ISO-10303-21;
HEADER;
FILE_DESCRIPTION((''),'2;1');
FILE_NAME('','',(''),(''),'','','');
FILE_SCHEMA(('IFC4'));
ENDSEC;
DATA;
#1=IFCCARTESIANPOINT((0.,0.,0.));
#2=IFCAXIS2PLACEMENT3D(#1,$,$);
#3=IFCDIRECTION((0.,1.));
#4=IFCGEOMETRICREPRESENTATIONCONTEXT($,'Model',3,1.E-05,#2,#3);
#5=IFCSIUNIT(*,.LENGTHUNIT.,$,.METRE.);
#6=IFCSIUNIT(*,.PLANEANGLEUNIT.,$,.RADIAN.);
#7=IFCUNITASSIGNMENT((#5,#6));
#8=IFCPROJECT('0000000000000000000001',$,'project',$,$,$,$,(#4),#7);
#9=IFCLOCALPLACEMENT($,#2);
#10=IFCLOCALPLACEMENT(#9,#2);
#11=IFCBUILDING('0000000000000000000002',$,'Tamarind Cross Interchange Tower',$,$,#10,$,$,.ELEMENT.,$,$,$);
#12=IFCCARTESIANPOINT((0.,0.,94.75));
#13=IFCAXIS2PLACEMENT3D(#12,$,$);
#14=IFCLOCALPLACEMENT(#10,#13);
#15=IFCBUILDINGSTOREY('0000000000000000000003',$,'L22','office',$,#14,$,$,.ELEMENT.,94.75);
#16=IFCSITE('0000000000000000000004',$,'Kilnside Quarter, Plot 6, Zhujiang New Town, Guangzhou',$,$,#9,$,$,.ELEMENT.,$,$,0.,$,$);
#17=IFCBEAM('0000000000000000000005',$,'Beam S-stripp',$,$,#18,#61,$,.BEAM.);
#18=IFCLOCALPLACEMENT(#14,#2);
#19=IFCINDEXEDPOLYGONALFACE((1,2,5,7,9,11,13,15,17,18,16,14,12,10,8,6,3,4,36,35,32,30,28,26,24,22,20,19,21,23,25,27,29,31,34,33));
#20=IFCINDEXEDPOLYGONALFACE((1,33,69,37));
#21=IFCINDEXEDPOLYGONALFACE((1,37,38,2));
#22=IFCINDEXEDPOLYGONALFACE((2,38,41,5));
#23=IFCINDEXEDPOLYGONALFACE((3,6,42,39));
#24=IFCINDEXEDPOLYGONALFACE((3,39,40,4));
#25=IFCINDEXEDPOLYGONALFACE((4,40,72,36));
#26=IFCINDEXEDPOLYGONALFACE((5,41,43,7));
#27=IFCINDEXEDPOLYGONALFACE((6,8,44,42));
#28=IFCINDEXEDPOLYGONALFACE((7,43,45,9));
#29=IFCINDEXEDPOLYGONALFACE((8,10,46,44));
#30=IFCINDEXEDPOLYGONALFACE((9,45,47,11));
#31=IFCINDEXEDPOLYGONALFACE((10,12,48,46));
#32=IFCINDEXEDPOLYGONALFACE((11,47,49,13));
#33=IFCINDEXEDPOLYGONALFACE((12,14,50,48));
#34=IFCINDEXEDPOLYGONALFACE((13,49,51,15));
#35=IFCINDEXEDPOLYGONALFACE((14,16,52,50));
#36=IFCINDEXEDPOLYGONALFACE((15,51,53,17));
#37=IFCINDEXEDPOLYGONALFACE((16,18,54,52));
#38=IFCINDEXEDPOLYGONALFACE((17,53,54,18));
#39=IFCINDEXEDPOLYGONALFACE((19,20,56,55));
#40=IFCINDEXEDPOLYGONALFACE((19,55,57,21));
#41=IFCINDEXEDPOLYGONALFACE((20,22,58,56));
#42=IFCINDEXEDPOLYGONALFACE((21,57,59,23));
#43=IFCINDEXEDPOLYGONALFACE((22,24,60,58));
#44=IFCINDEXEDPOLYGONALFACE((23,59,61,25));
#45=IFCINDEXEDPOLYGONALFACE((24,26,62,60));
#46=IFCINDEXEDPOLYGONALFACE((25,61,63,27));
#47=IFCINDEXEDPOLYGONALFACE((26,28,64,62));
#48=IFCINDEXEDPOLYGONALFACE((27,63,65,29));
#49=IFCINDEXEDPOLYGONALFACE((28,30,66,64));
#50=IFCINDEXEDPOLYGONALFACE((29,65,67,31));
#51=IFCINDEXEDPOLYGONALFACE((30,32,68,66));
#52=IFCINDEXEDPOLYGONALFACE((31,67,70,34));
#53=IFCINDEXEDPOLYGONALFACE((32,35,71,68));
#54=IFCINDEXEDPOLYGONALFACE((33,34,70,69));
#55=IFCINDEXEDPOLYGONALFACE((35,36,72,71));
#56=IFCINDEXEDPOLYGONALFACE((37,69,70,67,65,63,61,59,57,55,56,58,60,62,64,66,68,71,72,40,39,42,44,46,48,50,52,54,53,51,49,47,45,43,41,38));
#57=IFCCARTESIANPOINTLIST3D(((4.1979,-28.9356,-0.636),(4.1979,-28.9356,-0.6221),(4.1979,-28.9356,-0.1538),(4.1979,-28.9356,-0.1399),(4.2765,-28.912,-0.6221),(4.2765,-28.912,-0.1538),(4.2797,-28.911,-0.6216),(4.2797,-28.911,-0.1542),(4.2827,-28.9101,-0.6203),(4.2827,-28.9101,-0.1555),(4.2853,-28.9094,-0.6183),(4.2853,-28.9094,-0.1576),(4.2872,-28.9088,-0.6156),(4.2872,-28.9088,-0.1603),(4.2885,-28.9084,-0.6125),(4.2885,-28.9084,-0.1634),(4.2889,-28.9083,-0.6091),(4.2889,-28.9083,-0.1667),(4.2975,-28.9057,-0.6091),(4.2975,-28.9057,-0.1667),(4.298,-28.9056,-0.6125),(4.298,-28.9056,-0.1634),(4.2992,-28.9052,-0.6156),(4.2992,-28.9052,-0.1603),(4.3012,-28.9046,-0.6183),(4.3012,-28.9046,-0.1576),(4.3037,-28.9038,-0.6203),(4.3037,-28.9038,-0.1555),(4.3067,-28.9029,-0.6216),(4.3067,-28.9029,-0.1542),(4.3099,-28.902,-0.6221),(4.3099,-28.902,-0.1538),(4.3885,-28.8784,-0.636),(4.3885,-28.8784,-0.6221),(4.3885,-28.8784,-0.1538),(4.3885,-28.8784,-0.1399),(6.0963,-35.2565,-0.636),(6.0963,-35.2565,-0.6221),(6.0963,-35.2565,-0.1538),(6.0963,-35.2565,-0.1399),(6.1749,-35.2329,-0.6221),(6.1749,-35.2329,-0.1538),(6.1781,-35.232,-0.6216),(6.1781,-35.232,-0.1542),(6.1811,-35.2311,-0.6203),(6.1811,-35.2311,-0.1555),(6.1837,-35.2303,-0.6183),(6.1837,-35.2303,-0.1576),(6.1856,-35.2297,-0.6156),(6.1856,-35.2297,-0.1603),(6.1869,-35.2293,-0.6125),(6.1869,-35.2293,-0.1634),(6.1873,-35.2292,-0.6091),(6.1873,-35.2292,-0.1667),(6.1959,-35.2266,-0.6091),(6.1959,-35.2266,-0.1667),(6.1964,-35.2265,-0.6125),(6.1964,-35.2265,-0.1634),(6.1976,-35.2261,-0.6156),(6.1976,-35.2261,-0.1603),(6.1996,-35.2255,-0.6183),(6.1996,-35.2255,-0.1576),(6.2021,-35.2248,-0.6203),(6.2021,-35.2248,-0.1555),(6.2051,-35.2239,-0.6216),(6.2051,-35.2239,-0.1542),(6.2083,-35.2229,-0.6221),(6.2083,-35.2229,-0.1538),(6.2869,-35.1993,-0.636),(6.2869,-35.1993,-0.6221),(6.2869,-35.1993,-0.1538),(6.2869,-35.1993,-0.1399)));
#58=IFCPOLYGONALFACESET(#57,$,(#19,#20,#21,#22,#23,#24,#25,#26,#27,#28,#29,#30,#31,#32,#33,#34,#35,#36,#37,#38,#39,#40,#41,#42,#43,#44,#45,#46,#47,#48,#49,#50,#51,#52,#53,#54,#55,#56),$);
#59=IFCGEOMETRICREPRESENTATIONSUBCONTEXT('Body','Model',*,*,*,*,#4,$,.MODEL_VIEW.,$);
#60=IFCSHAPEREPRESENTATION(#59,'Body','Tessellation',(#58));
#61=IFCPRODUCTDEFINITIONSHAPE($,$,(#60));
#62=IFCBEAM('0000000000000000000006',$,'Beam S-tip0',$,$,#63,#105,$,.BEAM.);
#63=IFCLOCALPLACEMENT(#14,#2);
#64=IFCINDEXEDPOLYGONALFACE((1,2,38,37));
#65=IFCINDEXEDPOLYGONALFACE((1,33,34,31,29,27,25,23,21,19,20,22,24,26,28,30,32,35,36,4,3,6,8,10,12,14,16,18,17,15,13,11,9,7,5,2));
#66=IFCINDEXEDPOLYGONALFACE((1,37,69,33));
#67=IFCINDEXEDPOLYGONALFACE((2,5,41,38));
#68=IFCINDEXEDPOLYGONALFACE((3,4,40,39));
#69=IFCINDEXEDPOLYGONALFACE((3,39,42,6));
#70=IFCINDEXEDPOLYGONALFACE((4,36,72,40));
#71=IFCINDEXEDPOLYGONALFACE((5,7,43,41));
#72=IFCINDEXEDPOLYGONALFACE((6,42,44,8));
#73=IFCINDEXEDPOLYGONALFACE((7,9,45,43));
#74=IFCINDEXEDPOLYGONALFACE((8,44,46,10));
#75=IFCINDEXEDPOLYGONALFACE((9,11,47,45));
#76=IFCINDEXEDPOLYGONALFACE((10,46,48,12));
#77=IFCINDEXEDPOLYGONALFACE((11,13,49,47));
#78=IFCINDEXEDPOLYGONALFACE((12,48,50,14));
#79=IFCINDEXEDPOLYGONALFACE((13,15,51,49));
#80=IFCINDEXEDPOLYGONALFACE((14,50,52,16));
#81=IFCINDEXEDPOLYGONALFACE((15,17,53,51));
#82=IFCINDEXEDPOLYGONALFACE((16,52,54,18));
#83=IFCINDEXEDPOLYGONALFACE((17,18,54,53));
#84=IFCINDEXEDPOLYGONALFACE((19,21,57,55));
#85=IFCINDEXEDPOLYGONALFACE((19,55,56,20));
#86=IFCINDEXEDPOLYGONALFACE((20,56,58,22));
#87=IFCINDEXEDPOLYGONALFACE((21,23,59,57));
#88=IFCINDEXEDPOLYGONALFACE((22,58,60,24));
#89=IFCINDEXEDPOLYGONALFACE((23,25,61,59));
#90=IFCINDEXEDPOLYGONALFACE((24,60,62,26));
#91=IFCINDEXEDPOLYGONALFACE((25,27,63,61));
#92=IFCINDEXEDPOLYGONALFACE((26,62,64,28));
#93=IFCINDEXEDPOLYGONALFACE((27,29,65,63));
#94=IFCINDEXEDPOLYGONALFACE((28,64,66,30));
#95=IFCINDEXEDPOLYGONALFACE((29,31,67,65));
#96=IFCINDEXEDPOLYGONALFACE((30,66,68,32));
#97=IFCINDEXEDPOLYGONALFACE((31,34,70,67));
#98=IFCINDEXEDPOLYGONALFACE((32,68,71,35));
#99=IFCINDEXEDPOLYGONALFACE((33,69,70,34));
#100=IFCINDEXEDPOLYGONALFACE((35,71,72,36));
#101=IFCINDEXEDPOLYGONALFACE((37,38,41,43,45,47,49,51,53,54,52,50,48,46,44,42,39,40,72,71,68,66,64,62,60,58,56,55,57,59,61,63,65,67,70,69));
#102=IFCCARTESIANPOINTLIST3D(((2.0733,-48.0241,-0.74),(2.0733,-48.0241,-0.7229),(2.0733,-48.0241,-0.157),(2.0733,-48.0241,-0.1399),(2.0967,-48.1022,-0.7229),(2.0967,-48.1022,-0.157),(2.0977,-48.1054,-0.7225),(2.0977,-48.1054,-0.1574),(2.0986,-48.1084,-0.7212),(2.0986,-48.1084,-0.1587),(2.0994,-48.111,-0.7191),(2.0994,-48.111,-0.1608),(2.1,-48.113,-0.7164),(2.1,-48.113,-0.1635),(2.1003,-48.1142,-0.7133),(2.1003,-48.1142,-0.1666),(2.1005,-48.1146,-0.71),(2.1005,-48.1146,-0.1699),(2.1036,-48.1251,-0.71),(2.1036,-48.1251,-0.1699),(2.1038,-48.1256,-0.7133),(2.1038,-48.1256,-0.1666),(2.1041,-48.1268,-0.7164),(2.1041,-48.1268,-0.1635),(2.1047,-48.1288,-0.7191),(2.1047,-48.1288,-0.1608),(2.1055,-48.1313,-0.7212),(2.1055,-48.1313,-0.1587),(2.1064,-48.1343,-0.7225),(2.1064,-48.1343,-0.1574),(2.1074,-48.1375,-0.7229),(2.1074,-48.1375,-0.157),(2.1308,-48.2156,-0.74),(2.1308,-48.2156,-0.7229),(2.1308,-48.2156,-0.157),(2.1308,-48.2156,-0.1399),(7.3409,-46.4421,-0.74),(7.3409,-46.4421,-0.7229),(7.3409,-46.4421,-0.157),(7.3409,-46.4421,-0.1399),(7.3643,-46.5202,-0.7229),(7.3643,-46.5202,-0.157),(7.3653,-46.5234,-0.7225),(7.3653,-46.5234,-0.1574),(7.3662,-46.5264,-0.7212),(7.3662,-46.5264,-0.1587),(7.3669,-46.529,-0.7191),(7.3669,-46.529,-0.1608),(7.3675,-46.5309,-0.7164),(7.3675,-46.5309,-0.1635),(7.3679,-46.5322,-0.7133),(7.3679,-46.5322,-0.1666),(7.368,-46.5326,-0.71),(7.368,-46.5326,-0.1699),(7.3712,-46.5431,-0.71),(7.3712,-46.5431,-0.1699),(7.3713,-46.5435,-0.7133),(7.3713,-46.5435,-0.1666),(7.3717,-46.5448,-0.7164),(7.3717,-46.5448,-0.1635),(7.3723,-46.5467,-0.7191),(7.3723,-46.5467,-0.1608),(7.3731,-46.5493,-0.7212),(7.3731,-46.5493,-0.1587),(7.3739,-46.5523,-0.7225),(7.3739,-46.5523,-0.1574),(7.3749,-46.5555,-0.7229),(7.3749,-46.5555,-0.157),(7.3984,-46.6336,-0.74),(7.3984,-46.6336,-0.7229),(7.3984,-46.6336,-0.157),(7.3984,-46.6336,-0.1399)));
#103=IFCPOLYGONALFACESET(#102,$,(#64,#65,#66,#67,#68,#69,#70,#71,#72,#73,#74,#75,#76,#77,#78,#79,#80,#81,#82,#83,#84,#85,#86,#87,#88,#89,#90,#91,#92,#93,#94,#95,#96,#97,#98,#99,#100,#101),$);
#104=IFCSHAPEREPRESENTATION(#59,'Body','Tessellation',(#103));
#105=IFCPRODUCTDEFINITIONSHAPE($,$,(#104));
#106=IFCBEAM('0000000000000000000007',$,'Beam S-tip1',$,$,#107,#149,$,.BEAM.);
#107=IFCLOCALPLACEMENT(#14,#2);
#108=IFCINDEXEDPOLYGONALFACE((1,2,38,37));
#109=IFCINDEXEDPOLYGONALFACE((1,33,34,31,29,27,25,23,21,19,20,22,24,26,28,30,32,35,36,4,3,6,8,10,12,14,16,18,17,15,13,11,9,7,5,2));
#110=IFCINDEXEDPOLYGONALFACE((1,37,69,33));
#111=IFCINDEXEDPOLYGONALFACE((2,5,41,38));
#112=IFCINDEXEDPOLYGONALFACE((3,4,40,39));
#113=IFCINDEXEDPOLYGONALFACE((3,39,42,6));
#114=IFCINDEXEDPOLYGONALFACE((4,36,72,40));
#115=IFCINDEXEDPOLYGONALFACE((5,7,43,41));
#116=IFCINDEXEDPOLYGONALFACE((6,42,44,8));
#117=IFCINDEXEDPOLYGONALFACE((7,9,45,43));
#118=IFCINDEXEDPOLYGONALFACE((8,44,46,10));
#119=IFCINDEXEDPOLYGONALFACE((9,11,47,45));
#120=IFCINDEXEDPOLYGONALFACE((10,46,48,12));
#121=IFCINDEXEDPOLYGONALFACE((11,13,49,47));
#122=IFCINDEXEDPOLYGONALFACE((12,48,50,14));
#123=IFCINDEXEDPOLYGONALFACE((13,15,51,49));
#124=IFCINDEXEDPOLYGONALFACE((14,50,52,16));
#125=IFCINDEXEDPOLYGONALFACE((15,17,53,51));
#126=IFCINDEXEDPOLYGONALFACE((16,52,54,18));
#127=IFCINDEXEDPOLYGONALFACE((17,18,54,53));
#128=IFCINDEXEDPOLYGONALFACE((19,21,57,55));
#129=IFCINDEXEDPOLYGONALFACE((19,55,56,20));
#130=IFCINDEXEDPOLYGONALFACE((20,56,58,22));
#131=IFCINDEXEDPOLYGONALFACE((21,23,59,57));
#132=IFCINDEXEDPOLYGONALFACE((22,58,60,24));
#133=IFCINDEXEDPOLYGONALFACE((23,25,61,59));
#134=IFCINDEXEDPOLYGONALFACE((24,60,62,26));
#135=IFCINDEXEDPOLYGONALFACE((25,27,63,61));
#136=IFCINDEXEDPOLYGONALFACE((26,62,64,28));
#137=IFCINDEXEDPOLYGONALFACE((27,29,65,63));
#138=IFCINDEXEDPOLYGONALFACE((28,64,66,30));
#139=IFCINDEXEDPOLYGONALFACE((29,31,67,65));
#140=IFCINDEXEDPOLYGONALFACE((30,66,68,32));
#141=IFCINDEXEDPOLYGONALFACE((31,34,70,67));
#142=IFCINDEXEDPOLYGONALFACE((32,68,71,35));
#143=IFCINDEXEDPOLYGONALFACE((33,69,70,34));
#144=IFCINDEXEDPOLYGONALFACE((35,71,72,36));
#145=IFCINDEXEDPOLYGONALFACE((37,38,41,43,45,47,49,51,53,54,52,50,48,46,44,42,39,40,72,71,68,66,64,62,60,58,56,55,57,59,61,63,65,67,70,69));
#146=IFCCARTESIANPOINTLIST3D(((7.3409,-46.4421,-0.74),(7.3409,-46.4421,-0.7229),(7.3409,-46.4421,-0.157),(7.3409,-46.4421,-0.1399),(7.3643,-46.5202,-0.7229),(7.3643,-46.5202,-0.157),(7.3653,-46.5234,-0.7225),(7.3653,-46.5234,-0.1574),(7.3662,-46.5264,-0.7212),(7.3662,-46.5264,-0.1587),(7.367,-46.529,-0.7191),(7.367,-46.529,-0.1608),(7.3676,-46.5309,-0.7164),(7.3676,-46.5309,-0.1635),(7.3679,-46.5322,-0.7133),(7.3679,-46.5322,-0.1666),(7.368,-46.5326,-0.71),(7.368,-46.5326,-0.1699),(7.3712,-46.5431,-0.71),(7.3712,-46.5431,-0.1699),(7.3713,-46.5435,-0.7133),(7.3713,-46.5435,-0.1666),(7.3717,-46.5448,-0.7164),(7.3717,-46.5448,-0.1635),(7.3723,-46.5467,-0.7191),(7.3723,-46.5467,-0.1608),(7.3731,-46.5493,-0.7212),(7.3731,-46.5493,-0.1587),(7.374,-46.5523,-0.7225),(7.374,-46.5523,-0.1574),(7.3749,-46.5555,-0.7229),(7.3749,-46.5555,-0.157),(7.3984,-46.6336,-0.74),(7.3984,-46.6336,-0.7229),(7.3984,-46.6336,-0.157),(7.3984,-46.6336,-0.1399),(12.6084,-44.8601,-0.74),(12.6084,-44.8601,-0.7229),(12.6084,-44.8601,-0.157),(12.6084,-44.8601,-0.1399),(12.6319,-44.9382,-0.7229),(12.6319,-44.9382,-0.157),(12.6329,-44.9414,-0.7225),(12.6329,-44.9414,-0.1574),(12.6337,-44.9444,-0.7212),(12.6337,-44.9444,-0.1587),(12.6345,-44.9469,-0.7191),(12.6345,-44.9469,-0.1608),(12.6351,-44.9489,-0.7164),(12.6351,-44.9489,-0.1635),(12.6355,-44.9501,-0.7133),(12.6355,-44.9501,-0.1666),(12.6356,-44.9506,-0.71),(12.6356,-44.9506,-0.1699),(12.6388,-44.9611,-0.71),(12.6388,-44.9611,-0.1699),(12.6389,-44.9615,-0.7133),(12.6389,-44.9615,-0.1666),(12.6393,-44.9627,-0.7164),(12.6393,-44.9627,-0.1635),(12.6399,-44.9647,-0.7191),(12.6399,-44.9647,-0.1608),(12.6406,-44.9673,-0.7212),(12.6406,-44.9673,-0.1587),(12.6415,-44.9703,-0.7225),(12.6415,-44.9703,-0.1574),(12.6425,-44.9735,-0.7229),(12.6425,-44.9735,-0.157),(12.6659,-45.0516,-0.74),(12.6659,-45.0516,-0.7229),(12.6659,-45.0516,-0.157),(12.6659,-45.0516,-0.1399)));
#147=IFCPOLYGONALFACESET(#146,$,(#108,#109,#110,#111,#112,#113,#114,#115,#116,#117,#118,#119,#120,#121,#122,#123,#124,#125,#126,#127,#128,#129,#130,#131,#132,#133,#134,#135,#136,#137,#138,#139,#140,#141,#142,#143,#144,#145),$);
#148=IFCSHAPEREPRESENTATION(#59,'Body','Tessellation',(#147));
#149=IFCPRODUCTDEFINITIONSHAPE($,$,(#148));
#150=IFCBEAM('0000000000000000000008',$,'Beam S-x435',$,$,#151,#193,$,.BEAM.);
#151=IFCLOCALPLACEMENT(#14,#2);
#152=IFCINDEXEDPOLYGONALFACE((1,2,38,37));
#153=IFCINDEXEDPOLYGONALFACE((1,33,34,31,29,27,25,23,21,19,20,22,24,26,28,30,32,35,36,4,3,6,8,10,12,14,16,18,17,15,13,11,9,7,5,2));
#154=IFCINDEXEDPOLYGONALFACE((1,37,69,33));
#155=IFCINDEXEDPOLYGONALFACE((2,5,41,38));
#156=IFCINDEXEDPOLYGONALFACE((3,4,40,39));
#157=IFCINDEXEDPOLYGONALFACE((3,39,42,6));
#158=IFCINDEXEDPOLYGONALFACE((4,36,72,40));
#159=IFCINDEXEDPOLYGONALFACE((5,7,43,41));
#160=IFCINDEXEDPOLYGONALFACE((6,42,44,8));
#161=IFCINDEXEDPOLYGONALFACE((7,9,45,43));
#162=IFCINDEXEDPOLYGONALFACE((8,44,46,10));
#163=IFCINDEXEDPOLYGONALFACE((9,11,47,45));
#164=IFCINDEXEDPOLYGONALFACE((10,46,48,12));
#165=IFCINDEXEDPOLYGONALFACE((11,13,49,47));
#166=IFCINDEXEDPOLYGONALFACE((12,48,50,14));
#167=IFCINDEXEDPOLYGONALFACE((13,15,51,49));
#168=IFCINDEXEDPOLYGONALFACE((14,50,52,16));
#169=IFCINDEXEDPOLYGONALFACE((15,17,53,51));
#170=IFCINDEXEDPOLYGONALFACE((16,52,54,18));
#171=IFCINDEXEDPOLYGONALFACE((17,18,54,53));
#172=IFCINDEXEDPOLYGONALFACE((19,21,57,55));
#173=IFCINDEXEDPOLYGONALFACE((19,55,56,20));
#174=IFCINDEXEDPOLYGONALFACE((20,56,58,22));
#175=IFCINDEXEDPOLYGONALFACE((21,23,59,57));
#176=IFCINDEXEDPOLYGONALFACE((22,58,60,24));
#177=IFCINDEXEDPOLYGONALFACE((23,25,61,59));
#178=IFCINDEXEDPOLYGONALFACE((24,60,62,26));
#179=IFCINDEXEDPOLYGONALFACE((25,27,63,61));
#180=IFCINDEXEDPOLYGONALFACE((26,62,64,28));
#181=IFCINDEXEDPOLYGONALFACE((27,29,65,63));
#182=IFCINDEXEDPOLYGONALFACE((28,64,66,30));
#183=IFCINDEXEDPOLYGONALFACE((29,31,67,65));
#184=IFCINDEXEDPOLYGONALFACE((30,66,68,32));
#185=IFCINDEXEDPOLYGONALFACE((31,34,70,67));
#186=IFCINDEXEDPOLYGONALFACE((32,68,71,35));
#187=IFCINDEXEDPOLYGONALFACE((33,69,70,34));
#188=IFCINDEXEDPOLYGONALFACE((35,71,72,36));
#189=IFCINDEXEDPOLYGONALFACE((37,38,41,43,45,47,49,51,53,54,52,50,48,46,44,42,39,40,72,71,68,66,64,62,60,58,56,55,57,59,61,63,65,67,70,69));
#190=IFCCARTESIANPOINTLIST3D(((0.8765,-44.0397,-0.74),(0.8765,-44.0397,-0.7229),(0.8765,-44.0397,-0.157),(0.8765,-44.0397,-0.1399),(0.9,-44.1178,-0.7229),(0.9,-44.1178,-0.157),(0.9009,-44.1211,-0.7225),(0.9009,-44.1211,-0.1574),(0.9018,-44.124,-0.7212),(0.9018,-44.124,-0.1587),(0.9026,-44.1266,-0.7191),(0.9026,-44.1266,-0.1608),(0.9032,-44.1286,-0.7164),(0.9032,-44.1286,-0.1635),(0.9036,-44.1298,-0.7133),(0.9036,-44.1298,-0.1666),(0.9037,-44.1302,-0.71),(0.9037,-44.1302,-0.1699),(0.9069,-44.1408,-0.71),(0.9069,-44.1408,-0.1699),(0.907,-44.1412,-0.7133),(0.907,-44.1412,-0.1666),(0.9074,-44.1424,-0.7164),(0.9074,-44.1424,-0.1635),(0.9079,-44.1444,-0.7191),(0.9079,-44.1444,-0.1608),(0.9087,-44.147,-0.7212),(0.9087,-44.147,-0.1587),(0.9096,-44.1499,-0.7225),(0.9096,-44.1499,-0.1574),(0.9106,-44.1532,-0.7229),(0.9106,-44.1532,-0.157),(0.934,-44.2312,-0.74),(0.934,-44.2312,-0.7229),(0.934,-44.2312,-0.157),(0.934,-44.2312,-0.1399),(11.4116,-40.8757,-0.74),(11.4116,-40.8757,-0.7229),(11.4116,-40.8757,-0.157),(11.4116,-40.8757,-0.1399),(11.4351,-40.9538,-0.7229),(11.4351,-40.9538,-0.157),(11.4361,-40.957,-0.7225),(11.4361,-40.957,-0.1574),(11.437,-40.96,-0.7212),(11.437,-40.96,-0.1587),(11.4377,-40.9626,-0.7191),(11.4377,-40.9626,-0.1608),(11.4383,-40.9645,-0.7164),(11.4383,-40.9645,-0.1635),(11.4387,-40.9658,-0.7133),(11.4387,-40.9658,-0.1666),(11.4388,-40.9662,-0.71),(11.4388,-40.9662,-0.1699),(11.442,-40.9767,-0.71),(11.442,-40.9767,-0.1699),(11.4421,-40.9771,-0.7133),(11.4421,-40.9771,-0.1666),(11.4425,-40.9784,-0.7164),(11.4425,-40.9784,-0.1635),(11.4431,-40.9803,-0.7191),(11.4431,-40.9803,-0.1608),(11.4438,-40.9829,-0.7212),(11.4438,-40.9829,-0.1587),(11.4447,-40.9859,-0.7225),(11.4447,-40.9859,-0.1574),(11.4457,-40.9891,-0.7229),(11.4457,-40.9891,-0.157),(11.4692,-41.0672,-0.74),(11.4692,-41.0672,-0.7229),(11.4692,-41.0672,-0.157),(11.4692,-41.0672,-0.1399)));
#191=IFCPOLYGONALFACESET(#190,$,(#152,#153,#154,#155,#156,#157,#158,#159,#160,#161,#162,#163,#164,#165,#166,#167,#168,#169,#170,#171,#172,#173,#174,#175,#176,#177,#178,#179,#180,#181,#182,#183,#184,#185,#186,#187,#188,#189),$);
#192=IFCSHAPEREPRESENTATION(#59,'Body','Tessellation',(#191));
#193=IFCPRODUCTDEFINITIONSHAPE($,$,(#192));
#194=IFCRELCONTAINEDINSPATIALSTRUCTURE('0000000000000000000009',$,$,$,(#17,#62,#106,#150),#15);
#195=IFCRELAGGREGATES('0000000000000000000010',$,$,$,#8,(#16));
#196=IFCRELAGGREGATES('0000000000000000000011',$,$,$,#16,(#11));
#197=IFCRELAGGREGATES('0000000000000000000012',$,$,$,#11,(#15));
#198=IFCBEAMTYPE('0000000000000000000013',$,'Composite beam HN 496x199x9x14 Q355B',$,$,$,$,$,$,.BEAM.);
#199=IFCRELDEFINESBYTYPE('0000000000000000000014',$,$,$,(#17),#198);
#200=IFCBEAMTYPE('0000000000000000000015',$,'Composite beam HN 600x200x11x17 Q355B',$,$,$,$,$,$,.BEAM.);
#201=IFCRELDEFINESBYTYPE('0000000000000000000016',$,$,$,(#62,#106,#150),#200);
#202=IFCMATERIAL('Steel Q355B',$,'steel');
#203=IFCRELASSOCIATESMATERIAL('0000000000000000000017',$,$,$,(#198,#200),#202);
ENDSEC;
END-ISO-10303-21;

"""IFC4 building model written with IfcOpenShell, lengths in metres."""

from ifc_helpers import new_model, si_unit, direction, frame, origin, origin_2d, place, context, subcontext, project, spatial, i_section, extrude, material, material_profile, profile_set, type_object, element, save


model = new_model("IFC4")

# Units and contexts
model_context = context("Model", 3, precision=1e-05, world=origin(), true_north=direction((0.0, 1.0)))
body_context = subcontext(model_context, "Body", "Model", "MODEL_VIEW")
ifc_project = project(units=[si_unit("LENGTHUNIT", "METRE"), si_unit("PLANEANGLEUNIT", "RADIAN")], contexts=[model_context])

# Site, building, storey
site_placement = place(None, origin())
site = spatial("IfcSite", under=ifc_project, at=site_placement, Name="Kilnside Quarter, Plot 6, Zhujiang New Town, Guangzhou", CompositionType="ELEMENT", RefElevation=0.0)
building_placement = place(site_placement, origin())
building = spatial("IfcBuilding", under=site, at=building_placement, Name="Tamarind Cross Interchange Tower", CompositionType="ELEMENT")
storey_placement = place(building_placement, frame((0.0, 0.0, 94.75)))
storey = spatial("IfcBuildingStorey", under=building, at=storey_placement, Name="L22", Description="office", CompositionType="ELEMENT", Elevation=94.75)

# Beams
ifc_material_1 = material(Name="Steel Q355B", Category="steel")
ifc_material_profile_1 = material_profile(ifc_material_1, i_section(OverallWidth=0.199, OverallDepth=0.4961, WebThickness=0.009, FlangeThickness=0.0139, FilletRadius=0.0129, at=origin_2d()), Name="HN 496x199x9x14")
ifc_profile_set_1 = profile_set([ifc_material_profile_1], Name="Steel Q355B")
beam_type_1 = type_object("IfcBeamType", Name="Composite beam HN 496x199x9x14 Q355B", PredefinedType="BEAM", material=ifc_profile_set_1)
beam_1_placement = place(storey_placement, frame((4.2932, -28.907, -0.3879), z_axis=(0.287643, -0.957738, 0.0), x_axis=(0.957738, 0.287643, 0.0)))
element("IfcBeam", 1, at=beam_1_placement, inside=storey, type_object=beam_type_1, Name="Beam S-stripp", PredefinedType="BEAM", context=body_context, shape_type="SweptSolid", body=[
    extrude(i_section(OverallWidth=0.199, OverallDepth=0.4961, WebThickness=0.009, FlangeThickness=0.0139, FilletRadius=0.0129, at=origin_2d()), origin(), (0.0, 0.0, 1.0), 6.5999),
])
ifc_material_profile_2 = material_profile(ifc_material_1, i_section(OverallWidth=0.2, OverallDepth=0.6001, WebThickness=0.011, FlangeThickness=0.0171, FilletRadius=0.0129, at=origin_2d()), Name="HN 600x200x11x17")
ifc_profile_set_2 = profile_set([ifc_material_profile_2], Name="Steel Q355B")
beam_type_2 = type_object("IfcBeamType", Name="Composite beam HN 600x200x11x17 Q355B", PredefinedType="BEAM", material=ifc_profile_set_2)
for number, where, z_axis, x_axis, name in (
    (2, (2.1021, -48.1199, -0.4399), (0.957738, 0.287641, 0.0), (-0.287641, 0.957738, 0.0), "Beam S-tip0"),
    (3, (7.3696, -46.5378, -0.4399), (0.957738, 0.287641, 0.0), (-0.287641, 0.957738, 0.0), "Beam S-tip1"),
):
    element("IfcBeam", number, at=place(storey_placement, frame(where, z_axis=z_axis, x_axis=x_axis)), inside=storey, type_object=beam_type_2, Name=name, PredefinedType="BEAM", context=body_context, shape_type="SweptSolid", body=[
        extrude(i_section(OverallWidth=0.2, OverallDepth=0.6001, WebThickness=0.011, FlangeThickness=0.0171, FilletRadius=0.0129, at=origin_2d()), origin(), (0.0, 0.0, 1.0), 5.5),
    ])
beam_2_placement = place(storey_placement, frame((0.9053, -44.1355, -0.4399), z_axis=(0.957738, 0.287641, 0.0), x_axis=(-0.287641, 0.957738, 0.0)))
element("IfcBeam", 4, at=beam_2_placement, inside=storey, type_object=beam_type_2, Name="Beam S-x435", PredefinedType="BEAM", context=body_context, shape_type="SweptSolid", body=[
    extrude(i_section(OverallWidth=0.2, OverallDepth=0.6001, WebThickness=0.011, FlangeThickness=0.0171, FilletRadius=0.0129, at=origin_2d()), origin(), (0.0, 0.0, 1.0), 11.0),
])

save(model, "model.ifc")
